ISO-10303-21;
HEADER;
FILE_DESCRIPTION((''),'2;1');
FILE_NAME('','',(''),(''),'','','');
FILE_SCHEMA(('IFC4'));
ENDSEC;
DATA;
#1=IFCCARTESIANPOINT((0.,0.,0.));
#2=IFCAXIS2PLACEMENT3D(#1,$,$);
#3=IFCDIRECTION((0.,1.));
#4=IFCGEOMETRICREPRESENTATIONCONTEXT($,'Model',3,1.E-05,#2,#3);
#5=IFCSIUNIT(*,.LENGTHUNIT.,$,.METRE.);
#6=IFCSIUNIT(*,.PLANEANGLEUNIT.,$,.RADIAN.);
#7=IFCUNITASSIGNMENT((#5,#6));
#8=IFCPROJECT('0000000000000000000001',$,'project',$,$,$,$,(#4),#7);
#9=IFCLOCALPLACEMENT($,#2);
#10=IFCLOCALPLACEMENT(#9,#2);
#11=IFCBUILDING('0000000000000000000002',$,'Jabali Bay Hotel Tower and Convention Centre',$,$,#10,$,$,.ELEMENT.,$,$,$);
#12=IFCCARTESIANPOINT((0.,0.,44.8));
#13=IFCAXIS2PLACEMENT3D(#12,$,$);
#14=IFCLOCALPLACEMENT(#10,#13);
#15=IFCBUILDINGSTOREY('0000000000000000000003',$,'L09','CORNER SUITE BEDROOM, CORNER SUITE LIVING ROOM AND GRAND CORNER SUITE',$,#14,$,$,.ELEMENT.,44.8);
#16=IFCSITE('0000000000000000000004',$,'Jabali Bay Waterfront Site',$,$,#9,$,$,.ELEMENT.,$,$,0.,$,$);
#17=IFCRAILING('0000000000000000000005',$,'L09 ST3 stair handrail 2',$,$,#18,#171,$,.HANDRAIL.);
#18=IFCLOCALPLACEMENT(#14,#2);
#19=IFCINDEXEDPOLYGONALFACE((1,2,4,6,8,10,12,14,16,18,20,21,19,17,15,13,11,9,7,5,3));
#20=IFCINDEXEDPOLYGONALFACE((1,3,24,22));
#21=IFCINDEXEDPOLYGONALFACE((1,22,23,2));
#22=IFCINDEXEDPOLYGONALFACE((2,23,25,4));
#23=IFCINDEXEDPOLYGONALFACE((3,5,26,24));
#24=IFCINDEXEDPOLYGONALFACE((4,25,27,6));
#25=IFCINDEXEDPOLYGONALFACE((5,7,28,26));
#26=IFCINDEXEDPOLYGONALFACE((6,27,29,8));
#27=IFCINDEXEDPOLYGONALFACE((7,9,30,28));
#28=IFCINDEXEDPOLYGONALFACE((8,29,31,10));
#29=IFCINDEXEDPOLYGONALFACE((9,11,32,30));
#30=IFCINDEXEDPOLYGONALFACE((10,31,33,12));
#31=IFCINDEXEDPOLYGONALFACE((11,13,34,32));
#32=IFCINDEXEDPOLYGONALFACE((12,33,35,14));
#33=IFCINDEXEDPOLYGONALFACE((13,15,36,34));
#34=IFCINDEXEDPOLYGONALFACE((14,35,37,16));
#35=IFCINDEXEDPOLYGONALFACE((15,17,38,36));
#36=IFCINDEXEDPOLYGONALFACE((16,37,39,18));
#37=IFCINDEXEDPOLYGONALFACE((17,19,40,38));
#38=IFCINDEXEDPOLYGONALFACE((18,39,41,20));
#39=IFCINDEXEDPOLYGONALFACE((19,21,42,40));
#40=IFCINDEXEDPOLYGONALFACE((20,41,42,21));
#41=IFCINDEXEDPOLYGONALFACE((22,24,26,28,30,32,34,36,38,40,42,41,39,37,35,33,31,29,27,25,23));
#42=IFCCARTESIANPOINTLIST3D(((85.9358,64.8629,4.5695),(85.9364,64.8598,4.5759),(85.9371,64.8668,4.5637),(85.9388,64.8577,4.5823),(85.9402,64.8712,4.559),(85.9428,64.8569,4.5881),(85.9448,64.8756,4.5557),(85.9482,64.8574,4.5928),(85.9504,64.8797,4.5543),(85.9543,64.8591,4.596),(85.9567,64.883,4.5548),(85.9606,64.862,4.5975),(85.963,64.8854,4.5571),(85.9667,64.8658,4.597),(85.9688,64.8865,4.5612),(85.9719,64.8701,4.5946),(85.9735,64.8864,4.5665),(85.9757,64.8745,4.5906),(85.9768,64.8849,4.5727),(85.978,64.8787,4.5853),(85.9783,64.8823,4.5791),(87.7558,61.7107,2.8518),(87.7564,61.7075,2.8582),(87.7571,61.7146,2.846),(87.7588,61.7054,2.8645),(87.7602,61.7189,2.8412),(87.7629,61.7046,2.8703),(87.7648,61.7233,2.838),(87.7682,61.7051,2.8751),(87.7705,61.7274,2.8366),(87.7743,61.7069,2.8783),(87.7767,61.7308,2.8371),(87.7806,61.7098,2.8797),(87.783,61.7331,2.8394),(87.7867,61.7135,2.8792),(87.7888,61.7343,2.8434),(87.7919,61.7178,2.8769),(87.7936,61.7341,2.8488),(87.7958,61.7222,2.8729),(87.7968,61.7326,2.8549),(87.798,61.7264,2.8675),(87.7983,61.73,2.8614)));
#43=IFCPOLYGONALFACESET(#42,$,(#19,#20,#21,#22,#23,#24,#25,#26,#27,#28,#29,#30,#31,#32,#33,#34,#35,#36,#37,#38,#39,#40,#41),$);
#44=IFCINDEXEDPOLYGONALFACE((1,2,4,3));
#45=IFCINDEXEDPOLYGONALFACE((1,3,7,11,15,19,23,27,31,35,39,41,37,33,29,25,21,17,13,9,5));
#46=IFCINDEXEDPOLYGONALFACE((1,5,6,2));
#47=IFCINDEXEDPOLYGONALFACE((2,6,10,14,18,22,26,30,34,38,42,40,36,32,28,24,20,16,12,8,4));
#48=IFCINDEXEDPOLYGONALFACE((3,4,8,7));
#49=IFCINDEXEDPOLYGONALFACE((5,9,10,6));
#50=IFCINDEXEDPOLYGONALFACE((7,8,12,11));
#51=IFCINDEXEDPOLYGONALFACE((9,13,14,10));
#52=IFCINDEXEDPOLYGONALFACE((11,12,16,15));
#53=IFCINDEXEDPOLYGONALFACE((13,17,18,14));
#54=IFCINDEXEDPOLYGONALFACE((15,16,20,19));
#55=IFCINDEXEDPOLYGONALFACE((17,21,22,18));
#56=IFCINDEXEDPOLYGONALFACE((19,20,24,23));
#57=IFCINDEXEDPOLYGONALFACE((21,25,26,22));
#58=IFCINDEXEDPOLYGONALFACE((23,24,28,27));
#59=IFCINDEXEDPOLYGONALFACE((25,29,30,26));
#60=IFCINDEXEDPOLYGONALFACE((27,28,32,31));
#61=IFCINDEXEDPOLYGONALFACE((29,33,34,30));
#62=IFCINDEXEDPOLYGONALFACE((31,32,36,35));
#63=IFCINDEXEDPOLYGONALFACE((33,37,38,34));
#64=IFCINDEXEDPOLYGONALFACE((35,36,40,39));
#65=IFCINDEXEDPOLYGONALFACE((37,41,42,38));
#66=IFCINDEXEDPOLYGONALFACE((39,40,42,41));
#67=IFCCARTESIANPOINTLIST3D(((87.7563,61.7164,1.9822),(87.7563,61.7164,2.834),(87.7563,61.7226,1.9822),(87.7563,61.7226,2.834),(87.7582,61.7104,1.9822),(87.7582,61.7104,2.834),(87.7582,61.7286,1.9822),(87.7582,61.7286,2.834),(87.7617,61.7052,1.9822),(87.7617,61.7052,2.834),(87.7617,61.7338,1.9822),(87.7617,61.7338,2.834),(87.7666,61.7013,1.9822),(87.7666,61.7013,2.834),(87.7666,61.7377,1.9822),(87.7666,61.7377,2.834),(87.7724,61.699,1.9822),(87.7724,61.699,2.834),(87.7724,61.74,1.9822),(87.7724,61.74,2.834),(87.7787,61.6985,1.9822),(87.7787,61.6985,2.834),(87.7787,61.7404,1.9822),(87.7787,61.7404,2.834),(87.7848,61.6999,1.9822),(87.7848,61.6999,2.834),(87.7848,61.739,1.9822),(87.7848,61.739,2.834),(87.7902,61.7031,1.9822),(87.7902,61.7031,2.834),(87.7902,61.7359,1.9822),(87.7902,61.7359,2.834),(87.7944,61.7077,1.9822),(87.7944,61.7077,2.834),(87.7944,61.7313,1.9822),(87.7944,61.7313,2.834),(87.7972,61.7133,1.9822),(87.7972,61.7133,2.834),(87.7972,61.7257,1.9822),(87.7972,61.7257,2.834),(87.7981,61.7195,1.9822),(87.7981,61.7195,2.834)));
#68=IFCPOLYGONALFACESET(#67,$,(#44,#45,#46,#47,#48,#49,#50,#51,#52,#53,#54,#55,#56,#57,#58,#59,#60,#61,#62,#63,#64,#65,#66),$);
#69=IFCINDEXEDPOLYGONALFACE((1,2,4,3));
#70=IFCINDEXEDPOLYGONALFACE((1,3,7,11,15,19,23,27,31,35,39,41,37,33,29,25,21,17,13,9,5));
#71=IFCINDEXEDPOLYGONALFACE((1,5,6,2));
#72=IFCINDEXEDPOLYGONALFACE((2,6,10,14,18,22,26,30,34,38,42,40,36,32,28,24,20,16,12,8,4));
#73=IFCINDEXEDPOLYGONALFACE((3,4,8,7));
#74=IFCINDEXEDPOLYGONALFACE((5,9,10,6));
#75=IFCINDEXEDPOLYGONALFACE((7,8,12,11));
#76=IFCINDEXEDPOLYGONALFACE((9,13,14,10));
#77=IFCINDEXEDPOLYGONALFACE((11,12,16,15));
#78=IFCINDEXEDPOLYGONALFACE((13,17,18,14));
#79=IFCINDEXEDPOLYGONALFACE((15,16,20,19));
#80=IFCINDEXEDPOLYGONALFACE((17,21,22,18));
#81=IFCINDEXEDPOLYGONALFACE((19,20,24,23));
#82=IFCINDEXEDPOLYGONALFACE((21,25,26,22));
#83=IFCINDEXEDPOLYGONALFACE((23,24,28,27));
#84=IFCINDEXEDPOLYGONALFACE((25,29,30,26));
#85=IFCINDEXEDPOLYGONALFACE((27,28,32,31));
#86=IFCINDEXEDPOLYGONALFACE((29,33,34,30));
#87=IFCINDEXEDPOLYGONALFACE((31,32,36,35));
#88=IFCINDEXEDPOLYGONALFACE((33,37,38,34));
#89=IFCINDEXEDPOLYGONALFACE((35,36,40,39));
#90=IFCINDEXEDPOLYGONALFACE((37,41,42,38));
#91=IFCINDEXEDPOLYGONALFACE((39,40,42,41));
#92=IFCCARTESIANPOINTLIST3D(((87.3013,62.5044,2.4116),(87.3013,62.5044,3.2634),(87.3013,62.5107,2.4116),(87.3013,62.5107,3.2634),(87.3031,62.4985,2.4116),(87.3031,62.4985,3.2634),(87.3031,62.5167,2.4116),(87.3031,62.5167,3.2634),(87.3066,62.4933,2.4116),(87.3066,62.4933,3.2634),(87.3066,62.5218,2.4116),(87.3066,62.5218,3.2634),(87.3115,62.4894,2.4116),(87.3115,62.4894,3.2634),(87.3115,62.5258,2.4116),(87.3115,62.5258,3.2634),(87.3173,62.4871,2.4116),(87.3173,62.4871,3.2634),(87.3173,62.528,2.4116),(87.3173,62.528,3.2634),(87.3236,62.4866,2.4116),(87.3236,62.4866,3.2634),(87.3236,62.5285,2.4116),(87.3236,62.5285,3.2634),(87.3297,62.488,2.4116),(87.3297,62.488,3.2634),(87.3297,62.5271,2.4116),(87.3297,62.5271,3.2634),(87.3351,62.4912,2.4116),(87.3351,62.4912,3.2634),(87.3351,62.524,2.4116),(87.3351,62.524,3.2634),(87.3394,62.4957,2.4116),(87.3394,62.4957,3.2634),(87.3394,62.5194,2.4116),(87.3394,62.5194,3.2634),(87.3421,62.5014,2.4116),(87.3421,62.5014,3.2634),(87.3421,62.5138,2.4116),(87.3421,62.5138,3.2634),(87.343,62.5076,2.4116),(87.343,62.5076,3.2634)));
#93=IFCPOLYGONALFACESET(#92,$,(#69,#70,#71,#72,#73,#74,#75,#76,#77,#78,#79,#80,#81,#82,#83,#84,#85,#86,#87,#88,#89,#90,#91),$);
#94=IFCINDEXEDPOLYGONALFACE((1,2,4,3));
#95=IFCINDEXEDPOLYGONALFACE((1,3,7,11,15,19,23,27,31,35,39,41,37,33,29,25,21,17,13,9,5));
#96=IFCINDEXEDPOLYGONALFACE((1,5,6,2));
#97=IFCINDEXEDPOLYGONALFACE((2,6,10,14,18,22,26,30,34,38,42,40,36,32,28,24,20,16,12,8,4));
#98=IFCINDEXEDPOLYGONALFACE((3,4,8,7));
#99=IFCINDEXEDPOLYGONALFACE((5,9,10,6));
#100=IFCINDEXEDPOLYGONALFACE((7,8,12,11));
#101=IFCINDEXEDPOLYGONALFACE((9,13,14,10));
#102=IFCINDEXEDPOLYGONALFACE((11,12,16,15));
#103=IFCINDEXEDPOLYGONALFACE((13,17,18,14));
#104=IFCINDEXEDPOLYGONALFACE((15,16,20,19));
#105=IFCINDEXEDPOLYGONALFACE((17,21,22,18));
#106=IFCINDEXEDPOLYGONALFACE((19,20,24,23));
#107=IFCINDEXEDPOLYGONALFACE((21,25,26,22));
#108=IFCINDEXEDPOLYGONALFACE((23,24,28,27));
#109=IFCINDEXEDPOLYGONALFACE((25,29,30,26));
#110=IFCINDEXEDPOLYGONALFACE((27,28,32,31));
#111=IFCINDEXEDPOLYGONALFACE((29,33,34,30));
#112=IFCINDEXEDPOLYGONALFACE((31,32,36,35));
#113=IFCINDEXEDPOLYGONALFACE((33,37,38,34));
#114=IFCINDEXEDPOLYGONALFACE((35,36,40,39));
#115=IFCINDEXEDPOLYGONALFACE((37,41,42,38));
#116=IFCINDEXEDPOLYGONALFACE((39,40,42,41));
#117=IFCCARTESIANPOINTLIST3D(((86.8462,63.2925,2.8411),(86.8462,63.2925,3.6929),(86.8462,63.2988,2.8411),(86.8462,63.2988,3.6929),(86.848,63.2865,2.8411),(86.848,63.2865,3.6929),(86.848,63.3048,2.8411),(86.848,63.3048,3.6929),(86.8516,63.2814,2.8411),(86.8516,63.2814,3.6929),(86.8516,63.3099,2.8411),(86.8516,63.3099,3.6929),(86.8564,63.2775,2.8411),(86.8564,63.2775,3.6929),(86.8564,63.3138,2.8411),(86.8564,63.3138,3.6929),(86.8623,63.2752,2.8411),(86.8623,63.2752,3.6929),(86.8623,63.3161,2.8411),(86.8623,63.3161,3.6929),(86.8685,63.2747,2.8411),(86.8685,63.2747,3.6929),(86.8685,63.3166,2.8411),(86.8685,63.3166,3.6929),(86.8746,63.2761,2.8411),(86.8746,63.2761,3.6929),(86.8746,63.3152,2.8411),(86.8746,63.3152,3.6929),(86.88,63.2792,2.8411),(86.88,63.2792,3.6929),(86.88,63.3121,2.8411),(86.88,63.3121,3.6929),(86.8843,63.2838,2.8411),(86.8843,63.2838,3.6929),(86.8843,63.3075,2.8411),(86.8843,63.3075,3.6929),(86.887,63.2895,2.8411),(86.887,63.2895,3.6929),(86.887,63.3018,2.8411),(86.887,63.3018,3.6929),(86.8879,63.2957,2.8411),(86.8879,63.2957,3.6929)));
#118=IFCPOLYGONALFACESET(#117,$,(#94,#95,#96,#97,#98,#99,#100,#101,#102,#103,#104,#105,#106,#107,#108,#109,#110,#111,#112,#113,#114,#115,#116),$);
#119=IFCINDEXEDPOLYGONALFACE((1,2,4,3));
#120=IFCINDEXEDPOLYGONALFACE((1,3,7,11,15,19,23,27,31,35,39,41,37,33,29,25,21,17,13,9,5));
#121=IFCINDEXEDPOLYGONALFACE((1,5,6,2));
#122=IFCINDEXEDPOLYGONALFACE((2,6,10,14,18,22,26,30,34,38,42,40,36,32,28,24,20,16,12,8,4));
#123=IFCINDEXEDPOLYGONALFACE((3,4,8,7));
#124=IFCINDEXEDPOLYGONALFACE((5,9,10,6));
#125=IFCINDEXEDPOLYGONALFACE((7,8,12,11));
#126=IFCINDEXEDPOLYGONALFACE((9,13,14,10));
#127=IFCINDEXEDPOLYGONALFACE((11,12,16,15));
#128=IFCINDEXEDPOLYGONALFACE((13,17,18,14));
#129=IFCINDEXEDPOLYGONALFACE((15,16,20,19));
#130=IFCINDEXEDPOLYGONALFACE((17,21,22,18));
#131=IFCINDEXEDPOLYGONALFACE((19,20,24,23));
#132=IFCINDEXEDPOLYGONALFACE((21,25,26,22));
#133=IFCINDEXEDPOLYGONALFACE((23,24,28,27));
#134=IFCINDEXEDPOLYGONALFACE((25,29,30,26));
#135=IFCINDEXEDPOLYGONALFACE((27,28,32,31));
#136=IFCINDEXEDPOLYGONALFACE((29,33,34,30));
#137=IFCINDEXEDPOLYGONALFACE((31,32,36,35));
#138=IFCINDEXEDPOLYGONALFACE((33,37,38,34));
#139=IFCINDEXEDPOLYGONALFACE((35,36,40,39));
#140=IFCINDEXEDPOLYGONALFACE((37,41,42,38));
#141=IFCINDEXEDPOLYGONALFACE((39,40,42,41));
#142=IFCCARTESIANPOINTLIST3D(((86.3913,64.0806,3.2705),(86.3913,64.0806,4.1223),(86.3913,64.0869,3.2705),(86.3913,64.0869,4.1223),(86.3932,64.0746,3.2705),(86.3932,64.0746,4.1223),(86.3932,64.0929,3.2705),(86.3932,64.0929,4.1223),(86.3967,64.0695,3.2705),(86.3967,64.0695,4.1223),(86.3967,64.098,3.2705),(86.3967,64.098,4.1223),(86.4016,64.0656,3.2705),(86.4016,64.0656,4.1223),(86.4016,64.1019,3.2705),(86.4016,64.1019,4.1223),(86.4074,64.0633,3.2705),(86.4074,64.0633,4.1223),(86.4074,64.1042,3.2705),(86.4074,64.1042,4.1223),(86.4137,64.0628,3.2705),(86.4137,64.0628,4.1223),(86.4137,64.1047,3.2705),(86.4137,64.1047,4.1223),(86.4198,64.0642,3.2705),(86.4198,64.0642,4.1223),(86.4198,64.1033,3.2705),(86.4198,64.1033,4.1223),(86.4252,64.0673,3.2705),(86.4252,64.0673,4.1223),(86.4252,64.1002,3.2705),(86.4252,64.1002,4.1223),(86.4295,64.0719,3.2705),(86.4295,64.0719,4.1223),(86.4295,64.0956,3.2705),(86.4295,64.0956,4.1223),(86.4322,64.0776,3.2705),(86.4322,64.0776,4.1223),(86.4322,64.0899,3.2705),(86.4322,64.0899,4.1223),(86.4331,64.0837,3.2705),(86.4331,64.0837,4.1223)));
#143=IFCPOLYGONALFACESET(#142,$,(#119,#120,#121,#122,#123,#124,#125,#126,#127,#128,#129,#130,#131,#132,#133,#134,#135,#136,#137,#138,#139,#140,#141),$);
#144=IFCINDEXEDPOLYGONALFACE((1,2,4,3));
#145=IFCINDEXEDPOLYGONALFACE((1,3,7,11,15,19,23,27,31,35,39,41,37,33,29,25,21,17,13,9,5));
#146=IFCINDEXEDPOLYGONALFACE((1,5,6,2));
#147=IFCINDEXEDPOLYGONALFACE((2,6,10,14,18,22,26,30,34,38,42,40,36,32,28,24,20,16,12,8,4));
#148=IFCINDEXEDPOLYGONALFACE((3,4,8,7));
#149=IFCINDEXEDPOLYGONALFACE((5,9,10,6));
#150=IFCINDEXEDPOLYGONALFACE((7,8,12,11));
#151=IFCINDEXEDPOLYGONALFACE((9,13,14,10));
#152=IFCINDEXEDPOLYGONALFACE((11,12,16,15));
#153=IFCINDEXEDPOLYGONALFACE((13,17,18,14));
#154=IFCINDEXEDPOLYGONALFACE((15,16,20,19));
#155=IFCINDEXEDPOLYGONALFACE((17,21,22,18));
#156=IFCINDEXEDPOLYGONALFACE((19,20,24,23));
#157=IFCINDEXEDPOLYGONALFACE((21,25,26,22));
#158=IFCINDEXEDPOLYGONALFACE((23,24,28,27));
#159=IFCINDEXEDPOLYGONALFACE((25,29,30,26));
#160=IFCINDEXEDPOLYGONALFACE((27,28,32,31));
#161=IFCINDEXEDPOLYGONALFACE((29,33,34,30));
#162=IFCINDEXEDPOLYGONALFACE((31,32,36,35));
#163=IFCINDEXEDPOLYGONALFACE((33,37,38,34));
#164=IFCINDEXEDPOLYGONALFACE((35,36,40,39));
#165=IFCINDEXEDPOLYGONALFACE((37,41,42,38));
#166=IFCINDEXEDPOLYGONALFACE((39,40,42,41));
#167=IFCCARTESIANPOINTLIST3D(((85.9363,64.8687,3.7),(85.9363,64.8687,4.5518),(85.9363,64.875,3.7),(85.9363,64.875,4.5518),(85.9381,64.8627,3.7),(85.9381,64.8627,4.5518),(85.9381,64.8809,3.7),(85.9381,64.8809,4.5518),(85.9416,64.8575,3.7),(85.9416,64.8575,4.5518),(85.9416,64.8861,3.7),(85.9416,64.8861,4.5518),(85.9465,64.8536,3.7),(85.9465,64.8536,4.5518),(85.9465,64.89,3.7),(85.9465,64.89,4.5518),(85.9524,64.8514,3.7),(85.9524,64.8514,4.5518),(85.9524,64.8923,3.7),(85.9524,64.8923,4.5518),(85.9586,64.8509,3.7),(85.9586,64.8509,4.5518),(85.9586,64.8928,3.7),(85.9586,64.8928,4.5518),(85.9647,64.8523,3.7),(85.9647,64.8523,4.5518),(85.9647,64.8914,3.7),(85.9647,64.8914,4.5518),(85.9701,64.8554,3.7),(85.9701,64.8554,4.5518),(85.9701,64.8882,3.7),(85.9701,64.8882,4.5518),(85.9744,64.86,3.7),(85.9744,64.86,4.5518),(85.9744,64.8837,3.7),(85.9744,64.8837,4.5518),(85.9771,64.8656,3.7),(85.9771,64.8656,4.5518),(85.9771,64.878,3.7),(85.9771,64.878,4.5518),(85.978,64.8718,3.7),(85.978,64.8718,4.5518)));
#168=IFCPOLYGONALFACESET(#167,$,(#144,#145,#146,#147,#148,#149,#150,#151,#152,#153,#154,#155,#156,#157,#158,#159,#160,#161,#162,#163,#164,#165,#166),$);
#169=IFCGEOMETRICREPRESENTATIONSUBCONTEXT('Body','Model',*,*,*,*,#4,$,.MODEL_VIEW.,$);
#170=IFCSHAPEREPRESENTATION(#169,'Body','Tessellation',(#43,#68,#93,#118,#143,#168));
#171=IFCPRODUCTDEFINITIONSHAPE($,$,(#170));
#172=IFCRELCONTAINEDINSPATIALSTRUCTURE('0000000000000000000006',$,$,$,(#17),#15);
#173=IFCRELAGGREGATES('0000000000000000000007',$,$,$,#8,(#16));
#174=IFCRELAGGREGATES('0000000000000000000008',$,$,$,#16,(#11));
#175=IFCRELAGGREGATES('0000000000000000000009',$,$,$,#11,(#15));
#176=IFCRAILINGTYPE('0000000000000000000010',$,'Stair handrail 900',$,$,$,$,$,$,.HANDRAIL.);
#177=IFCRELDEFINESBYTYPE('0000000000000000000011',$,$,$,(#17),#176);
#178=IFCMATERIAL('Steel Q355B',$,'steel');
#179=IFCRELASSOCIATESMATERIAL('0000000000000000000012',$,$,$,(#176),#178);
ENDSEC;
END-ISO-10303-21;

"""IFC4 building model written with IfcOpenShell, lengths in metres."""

from ifc_helpers import new_model, si_unit, direction, frame, origin, origin_2d, place, context, subcontext, project, spatial, circle, extrude, material, type_object, element, save


model = new_model("IFC4")

# Units and contexts
model_context = context("Model", 3, precision=1e-05, world=origin(), true_north=direction((0.0, 1.0)))
body_context = subcontext(model_context, "Body", "Model", "MODEL_VIEW")
ifc_project = project(units=[si_unit("LENGTHUNIT", "METRE"), si_unit("PLANEANGLEUNIT", "RADIAN")], contexts=[model_context])

# Site, building, storey
site_placement = place(None, origin())
site = spatial("IfcSite", under=ifc_project, at=site_placement, Name="Jabali Bay Waterfront Site", CompositionType="ELEMENT", RefElevation=0.0)
building_placement = place(site_placement, origin())
building = spatial("IfcBuilding", under=site, at=building_placement, Name="Jabali Bay Hotel Tower and Convention Centre", CompositionType="ELEMENT")
storey_placement = place(building_placement, frame((0.0, 0.0, 44.8)))
storey = spatial("IfcBuildingStorey", under=building, at=storey_placement, Name="L09", Description="CORNER SUITE BEDROOM, CORNER SUITE LIVING ROOM AND GRAND CORNER SUITE", CompositionType="ELEMENT", Elevation=44.8)

# Railing
ifc_material_1 = material(Name="Steel Q355B", Category="steel")
railing_type_1 = type_object("IfcRailingType", Name="Stair handrail 900", PredefinedType="HANDRAIL", material=ifc_material_1)
railing_1_placement = place(storey_placement, frame((87.7771, 61.7195, 1.9822)))
element("IfcRailing", 1, at=railing_1_placement, inside=storey, type_object=railing_type_1, Name="L09 ST3 stair handrail 2", PredefinedType="HANDRAIL", context=body_context, shape_type="SweptSolid", body=[
    extrude(circle(Radius=0.0239, at=origin_2d()), frame((0.0, 0.0, 0.876), z_axis=(-0.45219, 0.78319, 0.426775), x_axis=(-0.866018, -0.500013, 0.0)), (0.0, 0.0, 1.0), 4.0249),
    extrude(circle(Radius=0.021, at=origin_2d()), origin(), (0.0, 0.0, 1.0), 0.8518),
    extrude(circle(Radius=0.021, at=origin_2d()), frame((-0.4551, 0.7881, 0.4294)), (0.0, 0.0, 1.0), 0.8518),
    extrude(circle(Radius=0.021, at=origin_2d()), frame((-0.9102, 1.5762, 0.8589)), (0.0, 0.0, 1.0), 0.8518),
    extrude(circle(Radius=0.021, at=origin_2d()), frame((-1.365, 2.3643, 1.2883)), (0.0, 0.0, 1.0), 0.8518),
    extrude(circle(Radius=0.021, at=origin_2d()), frame((-1.8201, 3.1523, 1.7178)), (0.0, 0.0, 1.0), 0.8518),
])

save(model, "model.ifc")
